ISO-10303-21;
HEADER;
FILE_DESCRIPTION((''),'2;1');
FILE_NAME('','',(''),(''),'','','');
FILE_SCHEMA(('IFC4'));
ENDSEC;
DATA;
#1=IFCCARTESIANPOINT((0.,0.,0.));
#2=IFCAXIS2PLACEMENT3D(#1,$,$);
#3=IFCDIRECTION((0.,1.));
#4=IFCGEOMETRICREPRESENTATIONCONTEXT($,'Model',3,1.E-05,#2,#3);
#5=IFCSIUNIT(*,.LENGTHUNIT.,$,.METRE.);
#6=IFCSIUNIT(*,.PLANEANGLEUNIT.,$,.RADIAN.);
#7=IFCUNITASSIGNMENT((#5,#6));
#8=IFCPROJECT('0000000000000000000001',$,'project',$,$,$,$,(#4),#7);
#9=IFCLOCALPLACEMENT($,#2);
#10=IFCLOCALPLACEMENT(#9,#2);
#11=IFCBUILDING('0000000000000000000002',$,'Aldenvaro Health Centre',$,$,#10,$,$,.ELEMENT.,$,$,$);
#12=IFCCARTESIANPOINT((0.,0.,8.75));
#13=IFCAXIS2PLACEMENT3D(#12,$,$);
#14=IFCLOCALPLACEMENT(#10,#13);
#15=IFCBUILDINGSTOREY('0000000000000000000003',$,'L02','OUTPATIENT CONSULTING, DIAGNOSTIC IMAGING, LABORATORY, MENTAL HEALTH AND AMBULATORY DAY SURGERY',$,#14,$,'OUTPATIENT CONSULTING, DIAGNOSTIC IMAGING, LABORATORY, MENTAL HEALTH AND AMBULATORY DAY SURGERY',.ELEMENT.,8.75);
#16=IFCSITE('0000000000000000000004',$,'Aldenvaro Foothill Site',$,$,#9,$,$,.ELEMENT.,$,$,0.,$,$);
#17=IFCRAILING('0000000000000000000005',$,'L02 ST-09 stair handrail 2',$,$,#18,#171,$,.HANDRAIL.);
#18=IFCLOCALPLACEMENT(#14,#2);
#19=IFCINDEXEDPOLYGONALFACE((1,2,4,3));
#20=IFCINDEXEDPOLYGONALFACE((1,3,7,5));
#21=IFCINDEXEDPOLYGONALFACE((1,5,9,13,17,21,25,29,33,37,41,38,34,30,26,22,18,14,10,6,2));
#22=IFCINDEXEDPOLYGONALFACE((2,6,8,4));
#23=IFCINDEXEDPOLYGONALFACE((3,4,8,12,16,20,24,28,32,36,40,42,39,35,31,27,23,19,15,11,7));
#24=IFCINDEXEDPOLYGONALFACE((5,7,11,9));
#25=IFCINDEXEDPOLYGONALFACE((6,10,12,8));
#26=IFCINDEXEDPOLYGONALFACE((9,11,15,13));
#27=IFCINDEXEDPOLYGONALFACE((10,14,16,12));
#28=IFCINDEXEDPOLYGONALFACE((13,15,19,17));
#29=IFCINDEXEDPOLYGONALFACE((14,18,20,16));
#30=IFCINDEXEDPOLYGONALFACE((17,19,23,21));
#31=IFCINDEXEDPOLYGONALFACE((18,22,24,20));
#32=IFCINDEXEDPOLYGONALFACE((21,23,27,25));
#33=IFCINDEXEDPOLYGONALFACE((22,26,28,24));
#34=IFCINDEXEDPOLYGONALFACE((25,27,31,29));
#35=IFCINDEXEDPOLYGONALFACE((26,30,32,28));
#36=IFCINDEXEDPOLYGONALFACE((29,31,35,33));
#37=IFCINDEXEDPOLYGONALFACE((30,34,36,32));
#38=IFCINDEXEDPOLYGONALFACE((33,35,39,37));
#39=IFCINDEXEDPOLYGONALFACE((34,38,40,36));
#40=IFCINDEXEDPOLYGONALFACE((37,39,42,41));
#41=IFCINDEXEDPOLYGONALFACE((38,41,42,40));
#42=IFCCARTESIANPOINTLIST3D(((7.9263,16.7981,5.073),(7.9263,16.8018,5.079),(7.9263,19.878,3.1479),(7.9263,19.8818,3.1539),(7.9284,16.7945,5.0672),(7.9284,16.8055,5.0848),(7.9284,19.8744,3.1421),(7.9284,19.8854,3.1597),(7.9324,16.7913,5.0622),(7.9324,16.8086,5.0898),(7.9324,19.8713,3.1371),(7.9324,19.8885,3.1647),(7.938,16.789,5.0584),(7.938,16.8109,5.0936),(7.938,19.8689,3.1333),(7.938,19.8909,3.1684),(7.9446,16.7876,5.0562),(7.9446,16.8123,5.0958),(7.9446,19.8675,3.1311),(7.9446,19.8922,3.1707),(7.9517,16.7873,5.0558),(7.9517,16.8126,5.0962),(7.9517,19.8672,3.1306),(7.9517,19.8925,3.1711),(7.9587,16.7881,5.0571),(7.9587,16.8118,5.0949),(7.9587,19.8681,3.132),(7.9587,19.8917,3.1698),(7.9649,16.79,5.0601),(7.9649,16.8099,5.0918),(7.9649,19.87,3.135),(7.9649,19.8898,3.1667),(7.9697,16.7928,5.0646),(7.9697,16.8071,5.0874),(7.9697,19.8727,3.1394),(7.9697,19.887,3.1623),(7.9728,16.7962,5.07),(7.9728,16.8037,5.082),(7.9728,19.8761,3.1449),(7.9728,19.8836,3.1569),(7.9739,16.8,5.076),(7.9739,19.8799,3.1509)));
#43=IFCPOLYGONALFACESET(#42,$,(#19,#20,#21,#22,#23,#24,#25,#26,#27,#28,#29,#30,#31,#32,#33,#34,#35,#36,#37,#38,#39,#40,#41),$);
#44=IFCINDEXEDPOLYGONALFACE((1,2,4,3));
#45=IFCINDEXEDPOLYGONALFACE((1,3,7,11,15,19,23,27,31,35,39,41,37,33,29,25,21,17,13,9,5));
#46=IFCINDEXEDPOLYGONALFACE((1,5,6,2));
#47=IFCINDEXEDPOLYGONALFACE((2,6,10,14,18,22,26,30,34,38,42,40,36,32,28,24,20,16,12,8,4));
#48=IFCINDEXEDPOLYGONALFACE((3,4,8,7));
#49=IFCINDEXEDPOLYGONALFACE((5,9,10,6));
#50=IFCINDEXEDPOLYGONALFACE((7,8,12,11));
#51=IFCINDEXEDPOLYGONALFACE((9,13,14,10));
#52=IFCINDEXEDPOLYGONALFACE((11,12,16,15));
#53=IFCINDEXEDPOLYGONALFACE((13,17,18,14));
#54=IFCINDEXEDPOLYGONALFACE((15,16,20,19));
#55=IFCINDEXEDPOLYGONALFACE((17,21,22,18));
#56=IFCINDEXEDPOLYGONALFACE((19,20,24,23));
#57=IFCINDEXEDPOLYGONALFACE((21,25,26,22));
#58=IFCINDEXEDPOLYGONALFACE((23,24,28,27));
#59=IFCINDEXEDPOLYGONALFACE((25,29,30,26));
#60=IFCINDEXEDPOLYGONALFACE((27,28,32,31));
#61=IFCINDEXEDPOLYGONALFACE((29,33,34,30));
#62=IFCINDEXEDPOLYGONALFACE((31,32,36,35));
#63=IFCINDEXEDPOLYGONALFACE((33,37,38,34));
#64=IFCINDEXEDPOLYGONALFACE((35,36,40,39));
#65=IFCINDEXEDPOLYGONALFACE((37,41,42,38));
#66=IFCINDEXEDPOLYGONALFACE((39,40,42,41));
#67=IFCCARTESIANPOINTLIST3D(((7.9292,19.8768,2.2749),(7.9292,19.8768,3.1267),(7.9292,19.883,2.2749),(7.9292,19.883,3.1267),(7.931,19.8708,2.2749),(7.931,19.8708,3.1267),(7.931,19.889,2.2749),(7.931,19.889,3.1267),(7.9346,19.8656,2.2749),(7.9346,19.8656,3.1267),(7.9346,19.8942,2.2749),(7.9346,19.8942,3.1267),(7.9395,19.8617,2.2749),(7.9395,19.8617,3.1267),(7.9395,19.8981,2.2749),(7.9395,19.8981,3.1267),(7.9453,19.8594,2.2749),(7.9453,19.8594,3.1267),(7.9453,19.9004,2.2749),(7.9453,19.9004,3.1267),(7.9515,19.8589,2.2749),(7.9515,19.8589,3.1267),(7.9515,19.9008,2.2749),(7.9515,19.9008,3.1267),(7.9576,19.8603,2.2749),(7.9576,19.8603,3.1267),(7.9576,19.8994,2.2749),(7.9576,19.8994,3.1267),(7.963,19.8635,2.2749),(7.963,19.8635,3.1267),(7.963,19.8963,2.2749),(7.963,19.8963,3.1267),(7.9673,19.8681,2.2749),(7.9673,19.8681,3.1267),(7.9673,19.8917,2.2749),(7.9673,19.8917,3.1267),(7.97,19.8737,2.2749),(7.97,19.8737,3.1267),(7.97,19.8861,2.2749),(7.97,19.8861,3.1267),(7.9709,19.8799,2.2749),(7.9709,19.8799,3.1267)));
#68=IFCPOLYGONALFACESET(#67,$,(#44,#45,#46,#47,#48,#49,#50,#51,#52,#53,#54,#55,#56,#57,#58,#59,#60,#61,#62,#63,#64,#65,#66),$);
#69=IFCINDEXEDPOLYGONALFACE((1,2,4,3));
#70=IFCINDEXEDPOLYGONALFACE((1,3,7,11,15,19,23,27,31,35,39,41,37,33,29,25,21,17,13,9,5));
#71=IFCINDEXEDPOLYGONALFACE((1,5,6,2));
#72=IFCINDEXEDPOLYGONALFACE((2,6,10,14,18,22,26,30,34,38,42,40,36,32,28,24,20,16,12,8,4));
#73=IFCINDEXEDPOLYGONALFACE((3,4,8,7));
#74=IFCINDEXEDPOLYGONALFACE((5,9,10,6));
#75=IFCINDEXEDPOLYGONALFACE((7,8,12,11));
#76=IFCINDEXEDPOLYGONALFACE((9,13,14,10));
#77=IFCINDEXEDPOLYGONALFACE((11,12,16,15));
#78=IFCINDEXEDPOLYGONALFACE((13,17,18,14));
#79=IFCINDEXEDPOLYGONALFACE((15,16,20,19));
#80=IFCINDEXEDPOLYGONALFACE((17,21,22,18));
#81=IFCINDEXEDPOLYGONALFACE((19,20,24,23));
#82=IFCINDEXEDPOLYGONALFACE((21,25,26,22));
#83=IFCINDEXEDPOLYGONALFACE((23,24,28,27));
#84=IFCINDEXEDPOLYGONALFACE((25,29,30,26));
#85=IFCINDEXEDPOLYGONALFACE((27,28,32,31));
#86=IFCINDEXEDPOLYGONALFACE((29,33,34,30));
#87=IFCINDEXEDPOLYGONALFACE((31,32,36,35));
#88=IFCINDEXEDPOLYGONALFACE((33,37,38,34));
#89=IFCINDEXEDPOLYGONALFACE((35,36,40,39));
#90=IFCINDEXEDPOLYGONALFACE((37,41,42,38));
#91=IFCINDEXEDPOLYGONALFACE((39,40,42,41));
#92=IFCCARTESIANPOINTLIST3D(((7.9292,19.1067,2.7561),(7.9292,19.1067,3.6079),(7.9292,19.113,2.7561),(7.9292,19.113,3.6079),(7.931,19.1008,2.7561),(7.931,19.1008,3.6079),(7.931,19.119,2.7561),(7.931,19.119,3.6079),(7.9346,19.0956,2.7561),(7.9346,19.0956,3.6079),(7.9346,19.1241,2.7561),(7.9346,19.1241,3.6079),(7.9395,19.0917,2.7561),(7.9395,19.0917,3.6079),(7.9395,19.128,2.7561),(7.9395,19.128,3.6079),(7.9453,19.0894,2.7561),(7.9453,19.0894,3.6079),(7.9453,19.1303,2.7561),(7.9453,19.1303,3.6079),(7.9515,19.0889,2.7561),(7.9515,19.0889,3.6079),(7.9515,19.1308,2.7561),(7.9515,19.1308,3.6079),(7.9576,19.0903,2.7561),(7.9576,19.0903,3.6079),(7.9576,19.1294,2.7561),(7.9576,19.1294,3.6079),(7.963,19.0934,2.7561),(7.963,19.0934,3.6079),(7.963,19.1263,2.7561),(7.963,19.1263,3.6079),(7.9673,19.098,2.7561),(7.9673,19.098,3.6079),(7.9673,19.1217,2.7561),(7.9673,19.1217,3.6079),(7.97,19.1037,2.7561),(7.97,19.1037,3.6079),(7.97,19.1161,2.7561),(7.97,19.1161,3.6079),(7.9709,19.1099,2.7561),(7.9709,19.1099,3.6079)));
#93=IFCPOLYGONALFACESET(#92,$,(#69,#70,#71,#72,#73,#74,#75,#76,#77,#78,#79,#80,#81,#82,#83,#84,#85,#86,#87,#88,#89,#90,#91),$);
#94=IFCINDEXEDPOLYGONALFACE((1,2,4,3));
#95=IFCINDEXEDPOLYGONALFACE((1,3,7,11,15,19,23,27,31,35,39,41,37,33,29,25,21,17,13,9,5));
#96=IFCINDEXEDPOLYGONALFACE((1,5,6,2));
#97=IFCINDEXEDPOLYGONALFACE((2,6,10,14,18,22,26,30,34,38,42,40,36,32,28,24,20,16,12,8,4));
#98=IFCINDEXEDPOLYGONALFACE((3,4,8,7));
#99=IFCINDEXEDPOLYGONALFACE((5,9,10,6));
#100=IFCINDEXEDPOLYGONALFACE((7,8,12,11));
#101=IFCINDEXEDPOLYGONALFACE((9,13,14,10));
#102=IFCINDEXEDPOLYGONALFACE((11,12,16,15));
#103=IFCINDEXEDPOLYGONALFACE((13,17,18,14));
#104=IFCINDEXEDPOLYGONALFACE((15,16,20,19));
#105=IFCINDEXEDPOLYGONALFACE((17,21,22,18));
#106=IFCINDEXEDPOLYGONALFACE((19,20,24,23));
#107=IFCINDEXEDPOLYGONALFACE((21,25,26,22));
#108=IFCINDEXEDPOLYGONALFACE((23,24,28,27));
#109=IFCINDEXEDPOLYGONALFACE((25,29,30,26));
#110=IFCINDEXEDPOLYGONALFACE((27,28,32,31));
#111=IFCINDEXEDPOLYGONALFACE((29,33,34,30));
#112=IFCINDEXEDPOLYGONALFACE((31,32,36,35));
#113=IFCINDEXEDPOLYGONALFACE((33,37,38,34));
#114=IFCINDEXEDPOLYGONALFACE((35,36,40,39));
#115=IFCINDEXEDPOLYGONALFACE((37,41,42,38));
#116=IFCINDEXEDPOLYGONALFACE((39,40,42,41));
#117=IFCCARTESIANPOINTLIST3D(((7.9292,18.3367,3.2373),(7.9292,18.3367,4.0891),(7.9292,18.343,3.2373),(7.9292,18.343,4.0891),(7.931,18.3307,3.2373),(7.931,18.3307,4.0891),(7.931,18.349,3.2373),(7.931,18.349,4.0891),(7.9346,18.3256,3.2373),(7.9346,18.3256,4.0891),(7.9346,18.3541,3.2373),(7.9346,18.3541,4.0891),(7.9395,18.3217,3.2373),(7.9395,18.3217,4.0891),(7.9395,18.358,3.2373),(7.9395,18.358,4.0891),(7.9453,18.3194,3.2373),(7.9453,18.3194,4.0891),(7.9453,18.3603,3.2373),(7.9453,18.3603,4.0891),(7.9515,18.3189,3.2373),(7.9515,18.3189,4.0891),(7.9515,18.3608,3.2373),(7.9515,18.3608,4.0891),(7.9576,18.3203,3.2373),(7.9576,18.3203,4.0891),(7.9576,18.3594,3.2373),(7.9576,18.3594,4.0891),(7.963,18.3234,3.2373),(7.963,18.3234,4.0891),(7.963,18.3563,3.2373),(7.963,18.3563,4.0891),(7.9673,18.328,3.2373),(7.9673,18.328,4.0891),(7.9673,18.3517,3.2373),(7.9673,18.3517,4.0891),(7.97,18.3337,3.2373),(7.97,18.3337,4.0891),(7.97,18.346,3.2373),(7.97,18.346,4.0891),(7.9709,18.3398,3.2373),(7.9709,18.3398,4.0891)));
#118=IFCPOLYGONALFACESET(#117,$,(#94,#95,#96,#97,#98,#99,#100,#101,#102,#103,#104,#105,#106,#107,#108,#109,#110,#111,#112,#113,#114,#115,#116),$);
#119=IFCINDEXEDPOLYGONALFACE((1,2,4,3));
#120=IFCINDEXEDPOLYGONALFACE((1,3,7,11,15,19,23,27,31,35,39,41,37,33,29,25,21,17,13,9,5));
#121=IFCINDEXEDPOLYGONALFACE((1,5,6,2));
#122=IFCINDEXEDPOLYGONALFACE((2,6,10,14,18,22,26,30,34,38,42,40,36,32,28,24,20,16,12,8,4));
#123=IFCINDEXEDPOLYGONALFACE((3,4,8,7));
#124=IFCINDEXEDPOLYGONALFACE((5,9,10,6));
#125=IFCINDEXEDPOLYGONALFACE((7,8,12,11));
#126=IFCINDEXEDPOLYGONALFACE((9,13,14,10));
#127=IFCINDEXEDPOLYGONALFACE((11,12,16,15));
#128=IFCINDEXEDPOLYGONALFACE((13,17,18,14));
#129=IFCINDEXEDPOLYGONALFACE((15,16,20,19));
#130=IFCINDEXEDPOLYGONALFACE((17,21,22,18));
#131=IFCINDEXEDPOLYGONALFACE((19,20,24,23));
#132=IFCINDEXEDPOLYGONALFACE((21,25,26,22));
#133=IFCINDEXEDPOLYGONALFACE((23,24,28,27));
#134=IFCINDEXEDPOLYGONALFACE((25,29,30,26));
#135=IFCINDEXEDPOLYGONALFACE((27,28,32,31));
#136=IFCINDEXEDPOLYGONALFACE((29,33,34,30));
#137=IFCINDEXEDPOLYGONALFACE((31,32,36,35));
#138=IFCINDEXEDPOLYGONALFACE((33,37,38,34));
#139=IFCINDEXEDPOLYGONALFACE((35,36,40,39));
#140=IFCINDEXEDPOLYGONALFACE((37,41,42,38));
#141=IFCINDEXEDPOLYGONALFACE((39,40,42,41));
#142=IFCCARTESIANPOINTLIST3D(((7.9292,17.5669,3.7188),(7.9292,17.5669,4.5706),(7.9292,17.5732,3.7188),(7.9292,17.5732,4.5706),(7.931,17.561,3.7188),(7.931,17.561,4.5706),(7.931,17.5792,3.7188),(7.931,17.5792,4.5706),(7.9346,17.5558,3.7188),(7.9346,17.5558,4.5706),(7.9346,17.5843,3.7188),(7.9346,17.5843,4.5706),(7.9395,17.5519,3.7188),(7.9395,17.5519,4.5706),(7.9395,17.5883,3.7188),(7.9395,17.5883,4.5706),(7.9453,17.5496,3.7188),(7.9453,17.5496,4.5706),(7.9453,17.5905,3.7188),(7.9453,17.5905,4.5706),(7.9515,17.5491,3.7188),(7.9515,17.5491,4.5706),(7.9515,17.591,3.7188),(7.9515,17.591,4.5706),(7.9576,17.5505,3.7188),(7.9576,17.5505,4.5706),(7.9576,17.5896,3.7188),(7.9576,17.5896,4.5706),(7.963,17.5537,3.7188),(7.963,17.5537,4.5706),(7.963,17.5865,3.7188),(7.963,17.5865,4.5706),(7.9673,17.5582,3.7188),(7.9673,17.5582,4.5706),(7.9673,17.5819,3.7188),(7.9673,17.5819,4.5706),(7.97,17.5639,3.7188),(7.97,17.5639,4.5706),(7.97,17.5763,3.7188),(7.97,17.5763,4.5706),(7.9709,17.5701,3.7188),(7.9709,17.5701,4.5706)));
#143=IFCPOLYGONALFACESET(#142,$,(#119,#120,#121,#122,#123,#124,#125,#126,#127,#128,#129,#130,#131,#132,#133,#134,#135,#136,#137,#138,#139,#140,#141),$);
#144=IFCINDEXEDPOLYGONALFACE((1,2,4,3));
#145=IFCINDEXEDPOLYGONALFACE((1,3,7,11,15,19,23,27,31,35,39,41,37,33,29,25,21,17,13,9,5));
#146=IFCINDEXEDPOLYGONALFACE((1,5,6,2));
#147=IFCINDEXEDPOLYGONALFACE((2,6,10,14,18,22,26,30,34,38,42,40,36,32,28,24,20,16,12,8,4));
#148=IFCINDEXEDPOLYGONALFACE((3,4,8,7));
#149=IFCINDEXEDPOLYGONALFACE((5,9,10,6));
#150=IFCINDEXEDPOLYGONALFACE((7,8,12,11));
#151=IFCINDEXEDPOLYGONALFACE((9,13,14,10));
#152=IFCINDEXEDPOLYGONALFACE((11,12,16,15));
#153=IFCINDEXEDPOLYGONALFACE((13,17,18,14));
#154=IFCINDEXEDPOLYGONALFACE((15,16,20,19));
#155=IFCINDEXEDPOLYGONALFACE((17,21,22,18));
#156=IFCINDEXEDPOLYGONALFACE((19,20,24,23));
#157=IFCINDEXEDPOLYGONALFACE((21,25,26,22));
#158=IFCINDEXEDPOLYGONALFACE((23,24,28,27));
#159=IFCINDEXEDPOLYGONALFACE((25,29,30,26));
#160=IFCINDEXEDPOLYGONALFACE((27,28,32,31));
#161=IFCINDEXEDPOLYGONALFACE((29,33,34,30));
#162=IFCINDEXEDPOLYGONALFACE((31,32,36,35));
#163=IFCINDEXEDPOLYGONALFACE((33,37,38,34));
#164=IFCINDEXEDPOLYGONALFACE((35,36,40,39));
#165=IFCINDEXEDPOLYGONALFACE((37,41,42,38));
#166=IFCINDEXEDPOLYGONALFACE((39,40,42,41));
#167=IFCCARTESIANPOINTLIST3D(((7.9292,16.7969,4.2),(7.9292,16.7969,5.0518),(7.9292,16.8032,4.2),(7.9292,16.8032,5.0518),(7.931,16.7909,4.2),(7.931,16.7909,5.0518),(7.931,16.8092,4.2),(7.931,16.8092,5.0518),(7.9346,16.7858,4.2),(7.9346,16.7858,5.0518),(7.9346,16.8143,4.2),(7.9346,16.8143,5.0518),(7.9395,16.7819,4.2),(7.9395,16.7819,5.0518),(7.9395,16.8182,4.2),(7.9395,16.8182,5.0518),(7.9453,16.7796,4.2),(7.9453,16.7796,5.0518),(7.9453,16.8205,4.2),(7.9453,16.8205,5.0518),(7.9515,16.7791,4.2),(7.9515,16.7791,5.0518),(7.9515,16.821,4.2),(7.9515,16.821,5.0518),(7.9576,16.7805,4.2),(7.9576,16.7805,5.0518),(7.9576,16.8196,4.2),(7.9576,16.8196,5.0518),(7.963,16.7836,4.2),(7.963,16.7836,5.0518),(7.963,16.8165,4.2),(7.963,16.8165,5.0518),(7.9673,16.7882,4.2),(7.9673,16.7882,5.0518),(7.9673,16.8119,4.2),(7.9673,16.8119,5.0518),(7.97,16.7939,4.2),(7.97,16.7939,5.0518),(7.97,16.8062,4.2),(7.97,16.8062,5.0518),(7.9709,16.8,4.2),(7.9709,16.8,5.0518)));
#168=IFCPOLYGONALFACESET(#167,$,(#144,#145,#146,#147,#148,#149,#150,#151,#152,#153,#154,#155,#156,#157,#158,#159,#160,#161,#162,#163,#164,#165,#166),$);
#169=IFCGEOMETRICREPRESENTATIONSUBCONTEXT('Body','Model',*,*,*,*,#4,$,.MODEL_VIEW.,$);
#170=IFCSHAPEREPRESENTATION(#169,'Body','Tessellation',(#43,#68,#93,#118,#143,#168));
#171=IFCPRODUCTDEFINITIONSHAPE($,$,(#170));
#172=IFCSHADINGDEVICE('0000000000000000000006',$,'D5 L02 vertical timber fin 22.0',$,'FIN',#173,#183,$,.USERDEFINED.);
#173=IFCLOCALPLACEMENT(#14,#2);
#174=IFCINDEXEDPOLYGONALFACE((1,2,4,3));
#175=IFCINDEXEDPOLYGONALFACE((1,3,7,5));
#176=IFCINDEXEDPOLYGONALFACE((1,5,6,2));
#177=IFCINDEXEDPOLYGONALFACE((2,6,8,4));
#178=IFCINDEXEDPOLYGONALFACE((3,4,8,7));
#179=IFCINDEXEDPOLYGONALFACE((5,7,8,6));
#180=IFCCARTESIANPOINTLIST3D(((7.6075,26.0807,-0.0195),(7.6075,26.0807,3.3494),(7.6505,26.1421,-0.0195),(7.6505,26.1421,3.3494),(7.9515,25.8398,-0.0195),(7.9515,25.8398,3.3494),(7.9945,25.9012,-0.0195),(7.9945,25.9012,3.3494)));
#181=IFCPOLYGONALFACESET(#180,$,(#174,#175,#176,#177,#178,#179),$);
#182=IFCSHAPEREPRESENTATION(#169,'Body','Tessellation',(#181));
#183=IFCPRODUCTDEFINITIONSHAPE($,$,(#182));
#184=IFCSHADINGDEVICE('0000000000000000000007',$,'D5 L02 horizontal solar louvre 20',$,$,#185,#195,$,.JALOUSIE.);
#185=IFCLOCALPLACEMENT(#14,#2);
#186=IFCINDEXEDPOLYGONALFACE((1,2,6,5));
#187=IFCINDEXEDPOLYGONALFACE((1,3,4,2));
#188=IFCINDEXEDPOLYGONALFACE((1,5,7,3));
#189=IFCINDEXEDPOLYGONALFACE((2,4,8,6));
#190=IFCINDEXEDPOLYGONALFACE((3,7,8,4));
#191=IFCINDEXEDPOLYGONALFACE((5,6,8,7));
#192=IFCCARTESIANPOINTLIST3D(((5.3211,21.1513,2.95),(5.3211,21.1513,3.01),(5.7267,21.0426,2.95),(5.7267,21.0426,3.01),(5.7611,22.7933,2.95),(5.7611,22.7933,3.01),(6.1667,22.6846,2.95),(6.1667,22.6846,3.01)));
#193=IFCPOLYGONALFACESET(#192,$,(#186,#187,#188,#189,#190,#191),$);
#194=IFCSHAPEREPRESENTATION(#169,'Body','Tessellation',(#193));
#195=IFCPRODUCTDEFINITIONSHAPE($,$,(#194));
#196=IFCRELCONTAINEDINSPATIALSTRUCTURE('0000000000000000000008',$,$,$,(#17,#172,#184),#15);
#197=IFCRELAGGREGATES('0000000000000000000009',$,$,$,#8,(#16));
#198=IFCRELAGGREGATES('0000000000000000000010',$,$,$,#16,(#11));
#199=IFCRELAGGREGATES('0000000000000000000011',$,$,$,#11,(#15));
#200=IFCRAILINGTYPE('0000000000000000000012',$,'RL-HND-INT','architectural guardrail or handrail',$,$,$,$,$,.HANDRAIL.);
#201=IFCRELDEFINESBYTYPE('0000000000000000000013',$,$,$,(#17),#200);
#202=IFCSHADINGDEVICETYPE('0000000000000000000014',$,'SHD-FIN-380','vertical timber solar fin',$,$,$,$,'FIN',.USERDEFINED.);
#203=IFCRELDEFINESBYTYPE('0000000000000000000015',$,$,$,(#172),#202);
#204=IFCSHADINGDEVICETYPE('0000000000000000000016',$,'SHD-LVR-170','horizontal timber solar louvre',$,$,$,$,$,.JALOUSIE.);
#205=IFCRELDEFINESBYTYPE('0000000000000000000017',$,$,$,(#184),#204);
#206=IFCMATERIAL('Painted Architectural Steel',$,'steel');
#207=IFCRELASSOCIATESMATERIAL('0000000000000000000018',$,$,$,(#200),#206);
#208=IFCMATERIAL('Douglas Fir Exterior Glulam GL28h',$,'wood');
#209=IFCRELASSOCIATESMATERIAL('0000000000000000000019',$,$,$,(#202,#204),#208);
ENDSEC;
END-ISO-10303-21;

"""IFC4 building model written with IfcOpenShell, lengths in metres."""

from ifc_helpers import new_model, si_unit, direction, frame, origin, origin_2d, place, context, subcontext, project, spatial, rectangle, circle, extrude, material, type_object, element, save


model = new_model("IFC4")

# Units and contexts
model_context = context("Model", 3, precision=1e-05, world=origin(), true_north=direction((0.0, 1.0)))
body_context = subcontext(model_context, "Body", "Model", "MODEL_VIEW")
ifc_project = project(units=[si_unit("LENGTHUNIT", "METRE"), si_unit("PLANEANGLEUNIT", "RADIAN")], contexts=[model_context])

# Site, building, storey
site_placement = place(None, origin())
site = spatial("IfcSite", under=ifc_project, at=site_placement, Name="Aldenvaro Foothill Site", CompositionType="ELEMENT", RefElevation=0.0)
building_placement = place(site_placement, origin())
building = spatial("IfcBuilding", under=site, at=building_placement, Name="Aldenvaro Health Centre", CompositionType="ELEMENT")
storey_placement = place(building_placement, frame((0.0, 0.0, 8.75)))
storey = spatial("IfcBuildingStorey", under=building, at=storey_placement, Name="L02", Description="OUTPATIENT CONSULTING, DIAGNOSTIC IMAGING, LABORATORY, MENTAL HEALTH AND AMBULATORY DAY SURGERY", LongName="OUTPATIENT CONSULTING, DIAGNOSTIC IMAGING, LABORATORY, MENTAL HEALTH AND AMBULATORY DAY SURGERY", CompositionType="ELEMENT", Elevation=8.75)

# Railing
ifc_material_1 = material(Name="Painted Architectural Steel", Category="steel")
railing_type_1 = type_object("IfcRailingType", Name="RL-HND-INT", Description="architectural guardrail or handrail", PredefinedType="HANDRAIL", material=ifc_material_1)
railing_1_placement = place(storey_placement, frame((7.95, 19.8799, 2.2749)))
element("IfcRailing", 1, at=railing_1_placement, inside=storey, type_object=railing_type_1, Name="L02 ST-09 stair handrail 2", PredefinedType="HANDRAIL", context=body_context, shape_type="SweptSolid", body=[
    extrude(circle(Radius=0.0239, at=origin_2d()), frame((0.0, 0.0, 0.876), z_axis=(0.0, -0.847979, 0.530029), x_axis=(1.0, 0.0, 0.0)), (0.0, 0.0, 1.0), 3.6321),
    extrude(circle(Radius=0.021, at=origin_2d()), origin(), (0.0, 0.0, 1.0), 0.8518),
    extrude(circle(Radius=0.021, at=origin_2d()), frame((0.0, -0.77, 0.4812)), (0.0, 0.0, 1.0), 0.8518),
    extrude(circle(Radius=0.021, at=origin_2d()), frame((0.0, -1.54, 0.9624)), (0.0, 0.0, 1.0), 0.8518),
    extrude(circle(Radius=0.021, at=origin_2d()), frame((0.0, -2.3098, 1.4438)), (0.0, 0.0, 1.0), 0.8518),
    extrude(circle(Radius=0.021, at=origin_2d()), frame((0.0, -3.0798, 1.925)), (0.0, 0.0, 1.0), 0.8518),
])

# Shading devices
ifc_material_2 = material(Name="Douglas Fir Exterior Glulam GL28h", Category="wood")
shading_device_type_1 = type_object("IfcShadingDeviceType", Name="SHD-FIN-380", Description="vertical timber solar fin", ElementType="FIN", PredefinedType="USERDEFINED", material=ifc_material_2)
shading_device_1_placement = place(storey_placement, frame((7.801, 25.991, -0.0195), z_axis=(0.0, 0.0, 1.0), x_axis=(0.573641, 0.819107, 0.0)))
element("IfcShadingDevice", 2, at=shading_device_1_placement, inside=storey, type_object=shading_device_type_1, Name="D5 L02 vertical timber fin 22.0", ObjectType="FIN", PredefinedType="USERDEFINED", context=body_context, shape_type="SweptSolid", body=[
    extrude(rectangle(XDim=0.075, YDim=0.4199, at=origin_2d()), origin(), (0.0, 0.0, 1.0), 3.3689),
])
shading_device_type_2 = type_object("IfcShadingDeviceType", Name="SHD-LVR-170", Description="horizontal timber solar louvre", PredefinedType="JALOUSIE", material=ifc_material_2)
shading_device_2_placement = place(storey_placement, frame((5.7439, 21.918, 2.95), z_axis=(0.0, 0.0, 1.0), x_axis=(0.258825, 0.965924, 0.0)))
element("IfcShadingDevice", 3, at=shading_device_2_placement, inside=storey, type_object=shading_device_type_2, Name="D5 L02 horizontal solar louvre 20", PredefinedType="JALOUSIE", context=body_context, shape_type="SweptSolid", body=[
    extrude(rectangle(XDim=1.7, YDim=0.4199, at=origin_2d()), origin(), (0.0, 0.0, 1.0), 0.0601),
])

save(model, "model.ifc")
